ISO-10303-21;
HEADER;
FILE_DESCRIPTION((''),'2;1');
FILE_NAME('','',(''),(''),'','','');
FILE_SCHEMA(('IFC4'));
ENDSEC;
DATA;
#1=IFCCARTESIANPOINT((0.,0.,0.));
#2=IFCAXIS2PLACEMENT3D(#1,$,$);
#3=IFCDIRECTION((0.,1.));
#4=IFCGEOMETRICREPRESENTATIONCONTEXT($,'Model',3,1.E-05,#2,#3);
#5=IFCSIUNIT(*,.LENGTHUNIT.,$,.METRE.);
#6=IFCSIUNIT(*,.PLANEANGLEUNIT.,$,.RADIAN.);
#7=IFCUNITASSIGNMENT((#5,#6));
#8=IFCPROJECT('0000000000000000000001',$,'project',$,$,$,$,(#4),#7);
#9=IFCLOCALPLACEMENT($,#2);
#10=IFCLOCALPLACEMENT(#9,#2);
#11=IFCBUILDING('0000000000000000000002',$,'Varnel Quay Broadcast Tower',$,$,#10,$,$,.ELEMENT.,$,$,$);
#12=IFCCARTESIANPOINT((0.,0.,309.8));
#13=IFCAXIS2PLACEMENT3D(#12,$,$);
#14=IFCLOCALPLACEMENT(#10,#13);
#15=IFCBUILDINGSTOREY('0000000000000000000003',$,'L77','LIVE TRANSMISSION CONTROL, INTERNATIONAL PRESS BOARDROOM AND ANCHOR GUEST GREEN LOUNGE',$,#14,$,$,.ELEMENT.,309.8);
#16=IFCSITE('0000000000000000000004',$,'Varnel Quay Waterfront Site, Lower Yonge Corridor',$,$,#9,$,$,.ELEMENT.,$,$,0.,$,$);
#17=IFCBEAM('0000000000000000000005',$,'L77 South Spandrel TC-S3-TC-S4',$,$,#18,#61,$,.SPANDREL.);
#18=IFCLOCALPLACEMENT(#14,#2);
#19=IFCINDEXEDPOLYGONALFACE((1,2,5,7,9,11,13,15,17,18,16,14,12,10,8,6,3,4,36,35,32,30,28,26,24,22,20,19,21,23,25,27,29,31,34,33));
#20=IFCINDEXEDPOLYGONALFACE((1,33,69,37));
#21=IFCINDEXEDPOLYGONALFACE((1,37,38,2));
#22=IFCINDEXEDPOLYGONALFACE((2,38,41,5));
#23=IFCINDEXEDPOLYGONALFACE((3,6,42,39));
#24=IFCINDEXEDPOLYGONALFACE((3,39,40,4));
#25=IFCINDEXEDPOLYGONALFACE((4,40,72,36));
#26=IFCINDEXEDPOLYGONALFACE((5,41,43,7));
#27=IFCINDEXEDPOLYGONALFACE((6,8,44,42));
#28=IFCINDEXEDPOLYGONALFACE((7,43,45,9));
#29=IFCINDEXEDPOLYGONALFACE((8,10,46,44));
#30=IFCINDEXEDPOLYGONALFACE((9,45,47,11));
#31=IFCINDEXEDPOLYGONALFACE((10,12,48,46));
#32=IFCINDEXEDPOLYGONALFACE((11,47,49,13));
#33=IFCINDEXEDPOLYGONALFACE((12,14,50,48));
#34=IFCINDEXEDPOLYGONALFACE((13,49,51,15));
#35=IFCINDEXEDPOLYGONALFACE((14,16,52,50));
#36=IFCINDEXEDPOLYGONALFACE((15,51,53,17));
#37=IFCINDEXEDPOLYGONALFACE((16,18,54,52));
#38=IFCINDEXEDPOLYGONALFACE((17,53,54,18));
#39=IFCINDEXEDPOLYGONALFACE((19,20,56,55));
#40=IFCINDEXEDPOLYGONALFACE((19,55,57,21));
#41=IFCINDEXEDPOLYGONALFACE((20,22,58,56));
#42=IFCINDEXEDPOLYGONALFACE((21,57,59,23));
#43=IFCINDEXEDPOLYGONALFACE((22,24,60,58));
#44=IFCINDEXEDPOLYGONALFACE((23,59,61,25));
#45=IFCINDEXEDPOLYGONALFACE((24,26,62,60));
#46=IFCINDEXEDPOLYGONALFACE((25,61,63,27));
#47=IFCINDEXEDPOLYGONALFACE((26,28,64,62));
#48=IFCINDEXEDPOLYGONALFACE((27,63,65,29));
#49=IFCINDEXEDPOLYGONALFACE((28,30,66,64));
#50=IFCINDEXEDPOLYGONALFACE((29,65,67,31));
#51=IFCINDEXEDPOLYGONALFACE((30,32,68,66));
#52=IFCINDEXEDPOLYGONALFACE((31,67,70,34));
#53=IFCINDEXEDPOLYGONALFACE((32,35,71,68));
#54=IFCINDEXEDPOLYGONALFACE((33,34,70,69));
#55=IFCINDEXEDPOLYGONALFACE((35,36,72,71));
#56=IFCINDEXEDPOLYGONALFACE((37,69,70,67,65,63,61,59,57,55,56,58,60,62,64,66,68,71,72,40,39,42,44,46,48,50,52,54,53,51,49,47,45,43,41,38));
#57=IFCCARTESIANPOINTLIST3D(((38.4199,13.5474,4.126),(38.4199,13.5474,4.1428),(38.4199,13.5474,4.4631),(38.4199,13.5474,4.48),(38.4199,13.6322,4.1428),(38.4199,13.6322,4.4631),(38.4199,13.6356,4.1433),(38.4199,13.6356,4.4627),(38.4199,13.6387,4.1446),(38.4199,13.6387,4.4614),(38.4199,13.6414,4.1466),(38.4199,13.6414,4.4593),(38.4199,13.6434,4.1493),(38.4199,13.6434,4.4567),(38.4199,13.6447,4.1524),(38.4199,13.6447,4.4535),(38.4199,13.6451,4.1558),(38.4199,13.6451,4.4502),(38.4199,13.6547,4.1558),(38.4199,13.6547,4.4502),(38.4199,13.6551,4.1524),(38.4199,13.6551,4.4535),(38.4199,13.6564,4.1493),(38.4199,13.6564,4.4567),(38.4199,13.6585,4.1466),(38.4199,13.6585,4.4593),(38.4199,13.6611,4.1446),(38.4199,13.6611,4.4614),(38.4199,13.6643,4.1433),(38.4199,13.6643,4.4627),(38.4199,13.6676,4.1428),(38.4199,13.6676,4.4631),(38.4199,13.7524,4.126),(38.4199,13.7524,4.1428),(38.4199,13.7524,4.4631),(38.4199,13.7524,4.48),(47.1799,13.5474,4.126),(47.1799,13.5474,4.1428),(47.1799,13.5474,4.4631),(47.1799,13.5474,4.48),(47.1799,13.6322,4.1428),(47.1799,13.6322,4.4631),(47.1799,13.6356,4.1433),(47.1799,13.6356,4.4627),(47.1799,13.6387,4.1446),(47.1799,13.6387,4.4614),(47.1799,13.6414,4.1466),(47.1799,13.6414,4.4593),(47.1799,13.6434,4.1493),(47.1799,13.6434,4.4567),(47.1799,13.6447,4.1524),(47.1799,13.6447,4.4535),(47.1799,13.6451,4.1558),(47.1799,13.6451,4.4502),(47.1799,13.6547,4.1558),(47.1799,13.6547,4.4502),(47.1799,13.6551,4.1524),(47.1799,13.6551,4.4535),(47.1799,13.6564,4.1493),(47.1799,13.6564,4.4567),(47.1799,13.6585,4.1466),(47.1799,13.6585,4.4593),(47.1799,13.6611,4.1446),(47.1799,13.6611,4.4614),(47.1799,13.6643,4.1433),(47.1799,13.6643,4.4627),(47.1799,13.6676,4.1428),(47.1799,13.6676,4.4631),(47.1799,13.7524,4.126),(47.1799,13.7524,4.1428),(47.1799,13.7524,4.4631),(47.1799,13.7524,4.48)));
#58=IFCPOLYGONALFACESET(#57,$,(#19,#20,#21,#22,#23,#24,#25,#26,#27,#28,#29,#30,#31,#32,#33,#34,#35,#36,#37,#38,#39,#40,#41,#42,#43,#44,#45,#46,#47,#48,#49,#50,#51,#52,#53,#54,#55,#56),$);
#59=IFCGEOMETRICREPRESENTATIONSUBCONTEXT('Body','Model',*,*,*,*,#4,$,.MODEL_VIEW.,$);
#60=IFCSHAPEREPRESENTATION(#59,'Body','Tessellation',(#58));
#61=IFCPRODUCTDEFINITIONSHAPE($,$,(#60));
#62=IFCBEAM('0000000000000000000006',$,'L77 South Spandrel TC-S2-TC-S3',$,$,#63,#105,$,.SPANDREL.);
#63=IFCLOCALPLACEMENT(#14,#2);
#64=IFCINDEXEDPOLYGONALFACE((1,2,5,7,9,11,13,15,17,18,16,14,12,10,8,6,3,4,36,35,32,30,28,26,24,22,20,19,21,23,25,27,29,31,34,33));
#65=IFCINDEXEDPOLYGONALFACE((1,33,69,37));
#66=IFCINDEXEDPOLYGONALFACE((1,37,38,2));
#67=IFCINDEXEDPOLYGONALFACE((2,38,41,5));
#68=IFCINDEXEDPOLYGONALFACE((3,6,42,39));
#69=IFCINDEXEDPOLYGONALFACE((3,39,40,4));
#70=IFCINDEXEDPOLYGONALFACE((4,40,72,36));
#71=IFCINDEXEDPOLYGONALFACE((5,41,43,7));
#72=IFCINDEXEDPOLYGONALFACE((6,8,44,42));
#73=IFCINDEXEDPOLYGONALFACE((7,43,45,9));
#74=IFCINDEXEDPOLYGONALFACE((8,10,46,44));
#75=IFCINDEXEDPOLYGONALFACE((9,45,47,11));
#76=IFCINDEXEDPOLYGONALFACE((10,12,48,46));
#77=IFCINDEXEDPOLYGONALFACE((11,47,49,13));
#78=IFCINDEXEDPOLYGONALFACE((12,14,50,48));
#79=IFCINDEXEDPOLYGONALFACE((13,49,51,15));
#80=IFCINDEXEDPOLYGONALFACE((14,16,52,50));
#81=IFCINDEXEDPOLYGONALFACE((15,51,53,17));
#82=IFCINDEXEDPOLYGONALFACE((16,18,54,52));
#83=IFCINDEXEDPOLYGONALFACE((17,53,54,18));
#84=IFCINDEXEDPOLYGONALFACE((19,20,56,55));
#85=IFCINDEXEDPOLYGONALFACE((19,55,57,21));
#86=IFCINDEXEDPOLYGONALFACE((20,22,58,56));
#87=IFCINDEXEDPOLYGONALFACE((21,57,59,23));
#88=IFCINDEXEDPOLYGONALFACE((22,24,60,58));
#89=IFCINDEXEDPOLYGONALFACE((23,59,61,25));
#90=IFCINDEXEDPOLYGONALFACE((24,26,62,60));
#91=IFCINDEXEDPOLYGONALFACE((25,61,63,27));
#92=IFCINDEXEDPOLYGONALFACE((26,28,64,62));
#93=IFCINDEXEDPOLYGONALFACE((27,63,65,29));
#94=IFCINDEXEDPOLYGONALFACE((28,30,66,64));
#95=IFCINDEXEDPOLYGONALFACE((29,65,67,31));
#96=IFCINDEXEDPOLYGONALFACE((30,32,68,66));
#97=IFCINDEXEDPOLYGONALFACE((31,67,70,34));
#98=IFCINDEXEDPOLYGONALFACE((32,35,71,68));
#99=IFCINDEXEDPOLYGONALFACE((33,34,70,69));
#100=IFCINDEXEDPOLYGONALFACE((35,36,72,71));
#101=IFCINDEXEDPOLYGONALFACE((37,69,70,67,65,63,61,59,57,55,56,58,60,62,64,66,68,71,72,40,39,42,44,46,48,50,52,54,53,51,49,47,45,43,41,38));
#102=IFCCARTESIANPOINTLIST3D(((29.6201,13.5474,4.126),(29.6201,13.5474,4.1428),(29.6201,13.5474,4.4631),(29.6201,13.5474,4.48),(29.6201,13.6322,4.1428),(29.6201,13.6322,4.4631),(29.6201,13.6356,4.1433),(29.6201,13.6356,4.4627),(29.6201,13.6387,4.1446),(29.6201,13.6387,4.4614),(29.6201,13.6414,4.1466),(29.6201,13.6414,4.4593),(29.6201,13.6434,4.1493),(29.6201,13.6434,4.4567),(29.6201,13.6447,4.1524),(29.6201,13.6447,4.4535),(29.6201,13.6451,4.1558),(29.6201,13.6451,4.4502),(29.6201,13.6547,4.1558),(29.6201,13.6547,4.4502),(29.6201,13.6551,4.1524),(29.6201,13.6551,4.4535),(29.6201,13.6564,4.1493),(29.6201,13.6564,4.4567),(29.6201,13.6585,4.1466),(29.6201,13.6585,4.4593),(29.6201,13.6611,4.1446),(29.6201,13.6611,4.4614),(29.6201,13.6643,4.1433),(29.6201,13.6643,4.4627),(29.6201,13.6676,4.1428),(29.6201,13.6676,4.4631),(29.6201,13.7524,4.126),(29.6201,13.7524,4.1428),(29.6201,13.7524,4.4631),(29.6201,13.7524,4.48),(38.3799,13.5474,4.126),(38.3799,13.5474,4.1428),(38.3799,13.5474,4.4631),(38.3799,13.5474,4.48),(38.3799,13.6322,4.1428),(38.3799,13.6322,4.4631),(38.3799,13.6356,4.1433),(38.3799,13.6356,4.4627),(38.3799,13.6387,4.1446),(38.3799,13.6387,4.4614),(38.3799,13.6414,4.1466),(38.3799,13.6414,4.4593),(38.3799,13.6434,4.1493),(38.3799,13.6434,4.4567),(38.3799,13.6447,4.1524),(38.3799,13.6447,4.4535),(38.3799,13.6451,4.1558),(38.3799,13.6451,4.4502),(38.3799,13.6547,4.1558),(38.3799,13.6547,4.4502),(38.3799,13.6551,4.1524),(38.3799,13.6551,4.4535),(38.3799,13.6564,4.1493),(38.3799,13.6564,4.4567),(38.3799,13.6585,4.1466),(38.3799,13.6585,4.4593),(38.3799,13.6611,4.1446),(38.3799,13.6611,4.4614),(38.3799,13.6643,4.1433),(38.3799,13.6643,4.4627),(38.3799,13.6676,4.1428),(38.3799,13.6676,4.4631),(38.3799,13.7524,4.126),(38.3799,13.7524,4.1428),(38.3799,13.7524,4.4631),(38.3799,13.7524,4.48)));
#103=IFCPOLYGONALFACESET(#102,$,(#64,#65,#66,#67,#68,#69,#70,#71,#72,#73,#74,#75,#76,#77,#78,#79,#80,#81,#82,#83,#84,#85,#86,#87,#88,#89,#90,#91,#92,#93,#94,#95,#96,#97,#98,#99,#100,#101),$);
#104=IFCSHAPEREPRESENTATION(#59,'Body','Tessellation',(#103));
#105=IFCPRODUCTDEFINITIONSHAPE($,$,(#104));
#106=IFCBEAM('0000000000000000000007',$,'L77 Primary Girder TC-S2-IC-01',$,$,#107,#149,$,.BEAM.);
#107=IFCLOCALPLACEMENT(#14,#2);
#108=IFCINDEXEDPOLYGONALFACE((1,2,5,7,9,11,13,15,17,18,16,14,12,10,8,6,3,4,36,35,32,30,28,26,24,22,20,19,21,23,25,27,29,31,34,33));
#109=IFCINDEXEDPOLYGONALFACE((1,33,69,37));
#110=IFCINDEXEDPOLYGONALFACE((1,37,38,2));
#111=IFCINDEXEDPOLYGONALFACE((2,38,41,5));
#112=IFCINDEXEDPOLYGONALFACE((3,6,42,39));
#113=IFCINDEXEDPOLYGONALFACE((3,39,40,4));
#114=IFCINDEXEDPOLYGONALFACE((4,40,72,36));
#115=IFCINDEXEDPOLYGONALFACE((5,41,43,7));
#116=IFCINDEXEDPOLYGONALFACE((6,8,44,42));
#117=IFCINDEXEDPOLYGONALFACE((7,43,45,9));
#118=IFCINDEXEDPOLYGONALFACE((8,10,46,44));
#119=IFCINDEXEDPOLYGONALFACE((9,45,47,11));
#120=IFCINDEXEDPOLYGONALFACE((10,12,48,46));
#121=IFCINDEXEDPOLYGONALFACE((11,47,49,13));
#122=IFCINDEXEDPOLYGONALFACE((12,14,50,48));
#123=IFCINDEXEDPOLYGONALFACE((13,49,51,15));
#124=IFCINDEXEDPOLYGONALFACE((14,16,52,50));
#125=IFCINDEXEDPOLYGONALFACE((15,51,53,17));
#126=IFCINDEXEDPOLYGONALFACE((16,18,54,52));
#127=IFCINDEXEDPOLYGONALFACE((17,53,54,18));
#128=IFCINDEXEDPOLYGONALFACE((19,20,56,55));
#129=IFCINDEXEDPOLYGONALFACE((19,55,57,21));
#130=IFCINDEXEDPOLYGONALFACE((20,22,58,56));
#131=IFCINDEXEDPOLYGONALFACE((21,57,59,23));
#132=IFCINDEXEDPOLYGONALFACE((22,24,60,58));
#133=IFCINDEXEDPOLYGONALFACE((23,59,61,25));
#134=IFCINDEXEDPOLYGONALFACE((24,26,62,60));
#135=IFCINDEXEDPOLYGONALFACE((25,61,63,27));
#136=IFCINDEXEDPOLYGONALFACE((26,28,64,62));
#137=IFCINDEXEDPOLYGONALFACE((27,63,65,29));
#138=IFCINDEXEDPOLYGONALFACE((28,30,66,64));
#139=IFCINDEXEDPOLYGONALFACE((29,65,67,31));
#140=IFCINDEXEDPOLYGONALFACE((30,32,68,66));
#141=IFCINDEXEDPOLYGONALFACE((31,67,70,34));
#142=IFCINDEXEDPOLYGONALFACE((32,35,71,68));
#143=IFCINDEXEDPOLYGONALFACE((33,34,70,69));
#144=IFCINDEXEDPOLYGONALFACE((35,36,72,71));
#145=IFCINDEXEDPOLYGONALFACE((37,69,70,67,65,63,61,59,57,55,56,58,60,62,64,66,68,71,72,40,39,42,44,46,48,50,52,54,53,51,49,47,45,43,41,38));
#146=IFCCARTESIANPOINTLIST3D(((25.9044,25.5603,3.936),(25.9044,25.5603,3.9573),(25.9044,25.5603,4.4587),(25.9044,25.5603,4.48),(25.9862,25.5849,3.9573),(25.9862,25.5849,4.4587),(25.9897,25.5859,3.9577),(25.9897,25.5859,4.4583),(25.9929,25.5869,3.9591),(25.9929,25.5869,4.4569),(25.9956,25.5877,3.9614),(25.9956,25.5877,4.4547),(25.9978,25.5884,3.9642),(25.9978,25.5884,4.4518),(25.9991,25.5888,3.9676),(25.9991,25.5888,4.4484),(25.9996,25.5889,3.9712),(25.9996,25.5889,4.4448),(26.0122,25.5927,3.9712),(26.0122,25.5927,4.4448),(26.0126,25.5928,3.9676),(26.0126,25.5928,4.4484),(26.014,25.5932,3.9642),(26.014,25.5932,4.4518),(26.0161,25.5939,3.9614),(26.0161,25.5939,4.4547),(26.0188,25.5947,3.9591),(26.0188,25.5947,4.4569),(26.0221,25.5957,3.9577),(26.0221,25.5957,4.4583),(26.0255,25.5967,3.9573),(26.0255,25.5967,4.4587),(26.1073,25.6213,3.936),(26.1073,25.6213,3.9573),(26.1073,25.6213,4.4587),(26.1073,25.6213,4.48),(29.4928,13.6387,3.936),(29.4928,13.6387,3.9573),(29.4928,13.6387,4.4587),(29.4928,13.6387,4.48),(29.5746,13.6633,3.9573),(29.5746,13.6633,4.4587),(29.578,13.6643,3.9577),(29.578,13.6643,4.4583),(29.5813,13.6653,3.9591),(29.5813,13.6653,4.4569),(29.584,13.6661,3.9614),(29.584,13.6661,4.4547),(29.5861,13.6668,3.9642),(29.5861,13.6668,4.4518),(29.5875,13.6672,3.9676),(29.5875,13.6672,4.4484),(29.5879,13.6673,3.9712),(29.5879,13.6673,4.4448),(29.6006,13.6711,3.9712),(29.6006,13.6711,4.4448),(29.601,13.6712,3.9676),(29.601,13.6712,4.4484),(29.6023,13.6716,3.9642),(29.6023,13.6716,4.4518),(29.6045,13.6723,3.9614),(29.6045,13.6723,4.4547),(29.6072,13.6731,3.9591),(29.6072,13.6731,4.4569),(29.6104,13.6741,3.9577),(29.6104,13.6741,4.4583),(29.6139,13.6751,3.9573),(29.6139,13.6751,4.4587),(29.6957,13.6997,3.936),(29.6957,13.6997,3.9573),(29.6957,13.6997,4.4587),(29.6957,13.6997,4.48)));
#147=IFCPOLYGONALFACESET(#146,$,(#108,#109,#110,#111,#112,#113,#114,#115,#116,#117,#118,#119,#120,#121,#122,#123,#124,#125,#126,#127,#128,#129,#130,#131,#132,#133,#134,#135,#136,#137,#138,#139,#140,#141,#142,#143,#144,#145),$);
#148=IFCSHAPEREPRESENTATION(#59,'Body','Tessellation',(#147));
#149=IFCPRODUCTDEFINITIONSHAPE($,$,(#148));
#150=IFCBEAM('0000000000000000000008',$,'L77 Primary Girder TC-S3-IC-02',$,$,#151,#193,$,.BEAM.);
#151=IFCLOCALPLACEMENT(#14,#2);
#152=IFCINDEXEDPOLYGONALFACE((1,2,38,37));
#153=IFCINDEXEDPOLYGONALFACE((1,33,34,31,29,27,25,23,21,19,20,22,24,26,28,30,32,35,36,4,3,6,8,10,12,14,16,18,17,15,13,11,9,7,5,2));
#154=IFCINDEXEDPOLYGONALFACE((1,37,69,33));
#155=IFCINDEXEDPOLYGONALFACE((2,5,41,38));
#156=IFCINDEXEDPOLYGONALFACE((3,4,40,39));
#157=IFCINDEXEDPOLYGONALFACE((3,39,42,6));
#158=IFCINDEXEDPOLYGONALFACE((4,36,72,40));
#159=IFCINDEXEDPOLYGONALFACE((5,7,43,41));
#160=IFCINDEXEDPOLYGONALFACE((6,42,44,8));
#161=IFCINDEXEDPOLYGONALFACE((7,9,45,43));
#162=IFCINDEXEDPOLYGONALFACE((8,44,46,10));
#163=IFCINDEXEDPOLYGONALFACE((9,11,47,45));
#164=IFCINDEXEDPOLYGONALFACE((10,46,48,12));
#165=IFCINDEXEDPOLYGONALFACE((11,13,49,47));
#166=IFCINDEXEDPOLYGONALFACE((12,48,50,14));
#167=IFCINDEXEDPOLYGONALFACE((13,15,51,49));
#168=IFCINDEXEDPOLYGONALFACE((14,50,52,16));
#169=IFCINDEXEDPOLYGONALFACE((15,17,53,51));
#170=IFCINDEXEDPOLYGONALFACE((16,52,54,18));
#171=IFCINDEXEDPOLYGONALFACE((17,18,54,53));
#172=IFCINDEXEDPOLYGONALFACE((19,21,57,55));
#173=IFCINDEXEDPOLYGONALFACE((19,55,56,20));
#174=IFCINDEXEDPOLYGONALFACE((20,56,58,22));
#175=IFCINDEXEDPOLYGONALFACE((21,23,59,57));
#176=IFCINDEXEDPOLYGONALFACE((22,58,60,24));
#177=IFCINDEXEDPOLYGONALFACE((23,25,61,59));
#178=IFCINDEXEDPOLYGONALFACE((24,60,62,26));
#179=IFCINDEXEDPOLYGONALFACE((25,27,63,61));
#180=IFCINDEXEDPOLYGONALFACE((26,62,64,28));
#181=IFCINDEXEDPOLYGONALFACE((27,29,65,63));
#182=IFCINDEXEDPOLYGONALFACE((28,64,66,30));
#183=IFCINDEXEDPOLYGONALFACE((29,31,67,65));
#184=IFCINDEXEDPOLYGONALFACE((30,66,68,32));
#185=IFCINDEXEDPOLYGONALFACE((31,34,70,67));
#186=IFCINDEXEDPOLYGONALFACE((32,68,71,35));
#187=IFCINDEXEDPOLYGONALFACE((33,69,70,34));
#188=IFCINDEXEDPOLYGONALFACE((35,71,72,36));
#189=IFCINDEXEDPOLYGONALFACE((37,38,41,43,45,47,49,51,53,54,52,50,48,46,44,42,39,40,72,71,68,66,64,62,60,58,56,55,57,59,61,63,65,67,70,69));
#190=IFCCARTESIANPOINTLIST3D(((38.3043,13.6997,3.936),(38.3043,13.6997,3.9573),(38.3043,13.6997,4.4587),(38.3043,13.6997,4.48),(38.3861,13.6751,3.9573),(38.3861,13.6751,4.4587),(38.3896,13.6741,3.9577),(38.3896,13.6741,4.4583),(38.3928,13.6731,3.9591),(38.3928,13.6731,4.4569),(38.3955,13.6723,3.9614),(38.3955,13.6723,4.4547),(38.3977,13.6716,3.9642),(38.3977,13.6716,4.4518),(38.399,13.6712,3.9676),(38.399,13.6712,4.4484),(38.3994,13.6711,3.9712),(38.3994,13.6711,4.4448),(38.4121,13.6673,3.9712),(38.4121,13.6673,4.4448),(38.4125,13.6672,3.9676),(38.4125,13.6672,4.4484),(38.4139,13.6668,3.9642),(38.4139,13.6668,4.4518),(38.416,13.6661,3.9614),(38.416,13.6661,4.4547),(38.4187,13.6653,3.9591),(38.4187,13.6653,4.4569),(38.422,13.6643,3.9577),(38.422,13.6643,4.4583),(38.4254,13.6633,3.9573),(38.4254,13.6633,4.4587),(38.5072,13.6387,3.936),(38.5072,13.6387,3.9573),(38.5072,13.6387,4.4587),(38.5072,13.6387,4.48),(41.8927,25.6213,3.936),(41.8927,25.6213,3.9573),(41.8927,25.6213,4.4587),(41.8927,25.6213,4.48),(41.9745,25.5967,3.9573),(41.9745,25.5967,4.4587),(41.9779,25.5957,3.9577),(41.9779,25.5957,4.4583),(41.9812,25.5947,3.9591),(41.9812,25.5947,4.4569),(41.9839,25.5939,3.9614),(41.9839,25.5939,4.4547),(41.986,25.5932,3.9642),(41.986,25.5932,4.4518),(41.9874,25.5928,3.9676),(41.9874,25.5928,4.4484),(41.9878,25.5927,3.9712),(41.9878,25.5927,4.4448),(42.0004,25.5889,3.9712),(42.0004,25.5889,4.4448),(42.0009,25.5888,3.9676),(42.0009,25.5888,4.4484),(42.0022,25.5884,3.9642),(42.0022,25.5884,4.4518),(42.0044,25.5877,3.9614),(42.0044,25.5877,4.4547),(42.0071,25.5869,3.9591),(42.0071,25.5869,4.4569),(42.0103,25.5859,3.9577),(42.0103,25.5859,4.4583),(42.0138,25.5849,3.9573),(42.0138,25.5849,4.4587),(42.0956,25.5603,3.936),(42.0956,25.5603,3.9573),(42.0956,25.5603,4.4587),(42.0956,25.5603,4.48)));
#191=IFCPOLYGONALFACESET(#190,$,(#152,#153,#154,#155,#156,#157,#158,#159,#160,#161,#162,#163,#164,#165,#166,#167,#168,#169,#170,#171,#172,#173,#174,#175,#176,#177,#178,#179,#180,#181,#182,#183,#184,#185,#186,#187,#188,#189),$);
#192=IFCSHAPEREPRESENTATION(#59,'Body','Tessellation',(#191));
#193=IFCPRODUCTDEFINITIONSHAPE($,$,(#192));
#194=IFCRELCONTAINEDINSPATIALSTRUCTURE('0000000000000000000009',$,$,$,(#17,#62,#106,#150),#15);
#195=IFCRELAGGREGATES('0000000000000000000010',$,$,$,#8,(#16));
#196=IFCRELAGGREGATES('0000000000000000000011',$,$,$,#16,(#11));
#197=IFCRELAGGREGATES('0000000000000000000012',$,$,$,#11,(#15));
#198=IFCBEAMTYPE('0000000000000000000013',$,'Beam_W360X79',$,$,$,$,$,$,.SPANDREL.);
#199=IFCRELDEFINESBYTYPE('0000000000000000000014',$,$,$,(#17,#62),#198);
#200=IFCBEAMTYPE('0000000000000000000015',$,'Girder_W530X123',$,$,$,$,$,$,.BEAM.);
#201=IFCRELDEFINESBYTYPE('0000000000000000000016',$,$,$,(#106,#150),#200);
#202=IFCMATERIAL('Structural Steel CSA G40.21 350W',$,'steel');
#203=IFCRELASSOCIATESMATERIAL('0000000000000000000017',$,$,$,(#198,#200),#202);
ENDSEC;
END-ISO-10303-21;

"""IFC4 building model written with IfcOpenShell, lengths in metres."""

from ifc_helpers import new_model, si_unit, direction, frame, origin, origin_2d, place, context, subcontext, project, spatial, i_section, extrude, source, transform, mapped, material, material_profile, profile_set, type_object, type_shapes, element, save


model = new_model("IFC4")

# Units and contexts
model_context = context("Model", 3, precision=1e-05, world=origin(), true_north=direction((0.0, 1.0)))
body_context = subcontext(model_context, "Body", "Model", "MODEL_VIEW")
ifc_project = project(units=[si_unit("LENGTHUNIT", "METRE"), si_unit("PLANEANGLEUNIT", "RADIAN")], contexts=[model_context])

# Site, building, storey
site_placement = place(None, origin())
site = spatial("IfcSite", under=ifc_project, at=site_placement, Name="Varnel Quay Waterfront Site, Lower Yonge Corridor", CompositionType="ELEMENT", RefElevation=0.0)
building_placement = place(site_placement, origin())
building = spatial("IfcBuilding", under=site, at=building_placement, Name="Varnel Quay Broadcast Tower", CompositionType="ELEMENT")
storey_placement = place(building_placement, frame((0.0, 0.0, 309.8)))
storey = spatial("IfcBuildingStorey", under=building, at=storey_placement, Name="L77", Description="LIVE TRANSMISSION CONTROL, INTERNATIONAL PRESS BOARDROOM AND ANCHOR GUEST GREEN LOUNGE", CompositionType="ELEMENT", Elevation=309.8)

# Shared definitions
ifc_material_1 = material(Name="Structural Steel CSA G40.21 350W", Category="steel")

# Beams
ifc_material_profile_1 = material_profile(ifc_material_1, i_section(OverallWidth=0.2051, OverallDepth=0.354, WebThickness=0.0095, FlangeThickness=0.0168, FilletRadius=0.0129, at=origin_2d()), Name="W360X79")
ifc_profile_set_1 = profile_set([ifc_material_profile_1], Name="Structural Steel CSA G40.21 350W")
beam_type_1 = type_object("IfcBeamType", Name="Beam_W360X79", PredefinedType="SPANDREL", material=ifc_profile_set_1)
shared_shape_1 = source(origin(), body_context, "Body", "SweptSolid", [
    extrude(i_section(OverallWidth=0.2051, OverallDepth=0.354, WebThickness=0.0095, FlangeThickness=0.0168, FilletRadius=0.0129, at=origin_2d()), origin(), (0.0, 0.0, 1.0), 8.76),
])
beam_1_placement = place(storey_placement, frame((38.4199, 13.6499, 4.303), z_axis=(1.0, 0.0, 0.0), x_axis=(0.0, 1.0, 0.0)))
element("IfcBeam", 1, at=beam_1_placement, inside=storey, type_object=beam_type_1, Name="L77 South Spandrel TC-S3-TC-S4", PredefinedType="SPANDREL", context=body_context, shape_type="MappedRepresentation", body=[
    mapped(shared_shape_1, transform((0.0, 0.0, 0.0), x_axis=(1.0, 0.0, 0.0), y_axis=(0.0, 1.0, 0.0), z_axis=(0.0, 0.0, 1.0), scale=1.0)),
])
shared_shape_2 = source(origin(), body_context, "Body", "SweptSolid", [
    extrude(i_section(OverallWidth=0.2051, OverallDepth=0.354, WebThickness=0.0095, FlangeThickness=0.0168, FilletRadius=0.0129, at=origin_2d()), origin(), (0.0, 0.0, 1.0), 8.7598),
])
type_shapes(beam_type_1, [shared_shape_1, shared_shape_2])
beam_2_placement = place(storey_placement, frame((29.6201, 13.6499, 4.303), z_axis=(1.0, 0.0, 0.0), x_axis=(0.0, 1.0, 0.0)))
element("IfcBeam", 2, at=beam_2_placement, inside=storey, type_object=beam_type_1, Name="L77 South Spandrel TC-S2-TC-S3", PredefinedType="SPANDREL", context=body_context, shape_type="MappedRepresentation", body=[
    mapped(shared_shape_2, transform((0.0, 0.0, 0.0), x_axis=(1.0, 0.0, 0.0), y_axis=(0.0, 1.0, 0.0), z_axis=(0.0, 0.0, 1.0), scale=1.0)),
])
ifc_material_profile_2 = material_profile(ifc_material_1, i_section(OverallWidth=0.2119, OverallDepth=0.5439, WebThickness=0.0132, FlangeThickness=0.0212, FilletRadius=0.0139, at=origin_2d()), Name="W530X123")
ifc_profile_set_2 = profile_set([ifc_material_profile_2], Name="Structural Steel CSA G40.21 350W")
beam_type_2 = type_object("IfcBeamType", Name="Girder_W530X123", PredefinedType="BEAM", material=ifc_profile_set_2)
shared_shape_3 = source(origin(), body_context, "Body", "SweptSolid", [
    extrude(i_section(OverallWidth=0.2119, OverallDepth=0.5439, WebThickness=0.0132, FlangeThickness=0.0212, FilletRadius=0.0139, at=origin_2d()), origin(), (0.0, 0.0, 1.0), 12.45),
])
for number, where, z_axis, x_axis, name in (
    (3, (29.5942, 13.6692, 4.208), (-0.288224, 0.957563, 0.0), (-0.957563, -0.288224, 0.0), "L77 Primary Girder TC-S2-IC-01"),
    (4, (38.4058, 13.6692, 4.208), (0.288224, 0.957563, 0.0), (-0.957563, 0.288224, 0.0), "L77 Primary Girder TC-S3-IC-02"),
):
    element("IfcBeam", number, at=place(storey_placement, frame(where, z_axis=z_axis, x_axis=x_axis)), inside=storey, type_object=beam_type_2, Name=name, PredefinedType="BEAM", context=body_context, shape_type="MappedRepresentation", body=[
        mapped(shared_shape_3, transform((0.0, 0.0, 0.0), x_axis=(1.0, 0.0, 0.0), y_axis=(0.0, 1.0, 0.0), z_axis=(0.0, 0.0, 1.0), scale=1.0)),
    ])

save(model, "model.ifc")
